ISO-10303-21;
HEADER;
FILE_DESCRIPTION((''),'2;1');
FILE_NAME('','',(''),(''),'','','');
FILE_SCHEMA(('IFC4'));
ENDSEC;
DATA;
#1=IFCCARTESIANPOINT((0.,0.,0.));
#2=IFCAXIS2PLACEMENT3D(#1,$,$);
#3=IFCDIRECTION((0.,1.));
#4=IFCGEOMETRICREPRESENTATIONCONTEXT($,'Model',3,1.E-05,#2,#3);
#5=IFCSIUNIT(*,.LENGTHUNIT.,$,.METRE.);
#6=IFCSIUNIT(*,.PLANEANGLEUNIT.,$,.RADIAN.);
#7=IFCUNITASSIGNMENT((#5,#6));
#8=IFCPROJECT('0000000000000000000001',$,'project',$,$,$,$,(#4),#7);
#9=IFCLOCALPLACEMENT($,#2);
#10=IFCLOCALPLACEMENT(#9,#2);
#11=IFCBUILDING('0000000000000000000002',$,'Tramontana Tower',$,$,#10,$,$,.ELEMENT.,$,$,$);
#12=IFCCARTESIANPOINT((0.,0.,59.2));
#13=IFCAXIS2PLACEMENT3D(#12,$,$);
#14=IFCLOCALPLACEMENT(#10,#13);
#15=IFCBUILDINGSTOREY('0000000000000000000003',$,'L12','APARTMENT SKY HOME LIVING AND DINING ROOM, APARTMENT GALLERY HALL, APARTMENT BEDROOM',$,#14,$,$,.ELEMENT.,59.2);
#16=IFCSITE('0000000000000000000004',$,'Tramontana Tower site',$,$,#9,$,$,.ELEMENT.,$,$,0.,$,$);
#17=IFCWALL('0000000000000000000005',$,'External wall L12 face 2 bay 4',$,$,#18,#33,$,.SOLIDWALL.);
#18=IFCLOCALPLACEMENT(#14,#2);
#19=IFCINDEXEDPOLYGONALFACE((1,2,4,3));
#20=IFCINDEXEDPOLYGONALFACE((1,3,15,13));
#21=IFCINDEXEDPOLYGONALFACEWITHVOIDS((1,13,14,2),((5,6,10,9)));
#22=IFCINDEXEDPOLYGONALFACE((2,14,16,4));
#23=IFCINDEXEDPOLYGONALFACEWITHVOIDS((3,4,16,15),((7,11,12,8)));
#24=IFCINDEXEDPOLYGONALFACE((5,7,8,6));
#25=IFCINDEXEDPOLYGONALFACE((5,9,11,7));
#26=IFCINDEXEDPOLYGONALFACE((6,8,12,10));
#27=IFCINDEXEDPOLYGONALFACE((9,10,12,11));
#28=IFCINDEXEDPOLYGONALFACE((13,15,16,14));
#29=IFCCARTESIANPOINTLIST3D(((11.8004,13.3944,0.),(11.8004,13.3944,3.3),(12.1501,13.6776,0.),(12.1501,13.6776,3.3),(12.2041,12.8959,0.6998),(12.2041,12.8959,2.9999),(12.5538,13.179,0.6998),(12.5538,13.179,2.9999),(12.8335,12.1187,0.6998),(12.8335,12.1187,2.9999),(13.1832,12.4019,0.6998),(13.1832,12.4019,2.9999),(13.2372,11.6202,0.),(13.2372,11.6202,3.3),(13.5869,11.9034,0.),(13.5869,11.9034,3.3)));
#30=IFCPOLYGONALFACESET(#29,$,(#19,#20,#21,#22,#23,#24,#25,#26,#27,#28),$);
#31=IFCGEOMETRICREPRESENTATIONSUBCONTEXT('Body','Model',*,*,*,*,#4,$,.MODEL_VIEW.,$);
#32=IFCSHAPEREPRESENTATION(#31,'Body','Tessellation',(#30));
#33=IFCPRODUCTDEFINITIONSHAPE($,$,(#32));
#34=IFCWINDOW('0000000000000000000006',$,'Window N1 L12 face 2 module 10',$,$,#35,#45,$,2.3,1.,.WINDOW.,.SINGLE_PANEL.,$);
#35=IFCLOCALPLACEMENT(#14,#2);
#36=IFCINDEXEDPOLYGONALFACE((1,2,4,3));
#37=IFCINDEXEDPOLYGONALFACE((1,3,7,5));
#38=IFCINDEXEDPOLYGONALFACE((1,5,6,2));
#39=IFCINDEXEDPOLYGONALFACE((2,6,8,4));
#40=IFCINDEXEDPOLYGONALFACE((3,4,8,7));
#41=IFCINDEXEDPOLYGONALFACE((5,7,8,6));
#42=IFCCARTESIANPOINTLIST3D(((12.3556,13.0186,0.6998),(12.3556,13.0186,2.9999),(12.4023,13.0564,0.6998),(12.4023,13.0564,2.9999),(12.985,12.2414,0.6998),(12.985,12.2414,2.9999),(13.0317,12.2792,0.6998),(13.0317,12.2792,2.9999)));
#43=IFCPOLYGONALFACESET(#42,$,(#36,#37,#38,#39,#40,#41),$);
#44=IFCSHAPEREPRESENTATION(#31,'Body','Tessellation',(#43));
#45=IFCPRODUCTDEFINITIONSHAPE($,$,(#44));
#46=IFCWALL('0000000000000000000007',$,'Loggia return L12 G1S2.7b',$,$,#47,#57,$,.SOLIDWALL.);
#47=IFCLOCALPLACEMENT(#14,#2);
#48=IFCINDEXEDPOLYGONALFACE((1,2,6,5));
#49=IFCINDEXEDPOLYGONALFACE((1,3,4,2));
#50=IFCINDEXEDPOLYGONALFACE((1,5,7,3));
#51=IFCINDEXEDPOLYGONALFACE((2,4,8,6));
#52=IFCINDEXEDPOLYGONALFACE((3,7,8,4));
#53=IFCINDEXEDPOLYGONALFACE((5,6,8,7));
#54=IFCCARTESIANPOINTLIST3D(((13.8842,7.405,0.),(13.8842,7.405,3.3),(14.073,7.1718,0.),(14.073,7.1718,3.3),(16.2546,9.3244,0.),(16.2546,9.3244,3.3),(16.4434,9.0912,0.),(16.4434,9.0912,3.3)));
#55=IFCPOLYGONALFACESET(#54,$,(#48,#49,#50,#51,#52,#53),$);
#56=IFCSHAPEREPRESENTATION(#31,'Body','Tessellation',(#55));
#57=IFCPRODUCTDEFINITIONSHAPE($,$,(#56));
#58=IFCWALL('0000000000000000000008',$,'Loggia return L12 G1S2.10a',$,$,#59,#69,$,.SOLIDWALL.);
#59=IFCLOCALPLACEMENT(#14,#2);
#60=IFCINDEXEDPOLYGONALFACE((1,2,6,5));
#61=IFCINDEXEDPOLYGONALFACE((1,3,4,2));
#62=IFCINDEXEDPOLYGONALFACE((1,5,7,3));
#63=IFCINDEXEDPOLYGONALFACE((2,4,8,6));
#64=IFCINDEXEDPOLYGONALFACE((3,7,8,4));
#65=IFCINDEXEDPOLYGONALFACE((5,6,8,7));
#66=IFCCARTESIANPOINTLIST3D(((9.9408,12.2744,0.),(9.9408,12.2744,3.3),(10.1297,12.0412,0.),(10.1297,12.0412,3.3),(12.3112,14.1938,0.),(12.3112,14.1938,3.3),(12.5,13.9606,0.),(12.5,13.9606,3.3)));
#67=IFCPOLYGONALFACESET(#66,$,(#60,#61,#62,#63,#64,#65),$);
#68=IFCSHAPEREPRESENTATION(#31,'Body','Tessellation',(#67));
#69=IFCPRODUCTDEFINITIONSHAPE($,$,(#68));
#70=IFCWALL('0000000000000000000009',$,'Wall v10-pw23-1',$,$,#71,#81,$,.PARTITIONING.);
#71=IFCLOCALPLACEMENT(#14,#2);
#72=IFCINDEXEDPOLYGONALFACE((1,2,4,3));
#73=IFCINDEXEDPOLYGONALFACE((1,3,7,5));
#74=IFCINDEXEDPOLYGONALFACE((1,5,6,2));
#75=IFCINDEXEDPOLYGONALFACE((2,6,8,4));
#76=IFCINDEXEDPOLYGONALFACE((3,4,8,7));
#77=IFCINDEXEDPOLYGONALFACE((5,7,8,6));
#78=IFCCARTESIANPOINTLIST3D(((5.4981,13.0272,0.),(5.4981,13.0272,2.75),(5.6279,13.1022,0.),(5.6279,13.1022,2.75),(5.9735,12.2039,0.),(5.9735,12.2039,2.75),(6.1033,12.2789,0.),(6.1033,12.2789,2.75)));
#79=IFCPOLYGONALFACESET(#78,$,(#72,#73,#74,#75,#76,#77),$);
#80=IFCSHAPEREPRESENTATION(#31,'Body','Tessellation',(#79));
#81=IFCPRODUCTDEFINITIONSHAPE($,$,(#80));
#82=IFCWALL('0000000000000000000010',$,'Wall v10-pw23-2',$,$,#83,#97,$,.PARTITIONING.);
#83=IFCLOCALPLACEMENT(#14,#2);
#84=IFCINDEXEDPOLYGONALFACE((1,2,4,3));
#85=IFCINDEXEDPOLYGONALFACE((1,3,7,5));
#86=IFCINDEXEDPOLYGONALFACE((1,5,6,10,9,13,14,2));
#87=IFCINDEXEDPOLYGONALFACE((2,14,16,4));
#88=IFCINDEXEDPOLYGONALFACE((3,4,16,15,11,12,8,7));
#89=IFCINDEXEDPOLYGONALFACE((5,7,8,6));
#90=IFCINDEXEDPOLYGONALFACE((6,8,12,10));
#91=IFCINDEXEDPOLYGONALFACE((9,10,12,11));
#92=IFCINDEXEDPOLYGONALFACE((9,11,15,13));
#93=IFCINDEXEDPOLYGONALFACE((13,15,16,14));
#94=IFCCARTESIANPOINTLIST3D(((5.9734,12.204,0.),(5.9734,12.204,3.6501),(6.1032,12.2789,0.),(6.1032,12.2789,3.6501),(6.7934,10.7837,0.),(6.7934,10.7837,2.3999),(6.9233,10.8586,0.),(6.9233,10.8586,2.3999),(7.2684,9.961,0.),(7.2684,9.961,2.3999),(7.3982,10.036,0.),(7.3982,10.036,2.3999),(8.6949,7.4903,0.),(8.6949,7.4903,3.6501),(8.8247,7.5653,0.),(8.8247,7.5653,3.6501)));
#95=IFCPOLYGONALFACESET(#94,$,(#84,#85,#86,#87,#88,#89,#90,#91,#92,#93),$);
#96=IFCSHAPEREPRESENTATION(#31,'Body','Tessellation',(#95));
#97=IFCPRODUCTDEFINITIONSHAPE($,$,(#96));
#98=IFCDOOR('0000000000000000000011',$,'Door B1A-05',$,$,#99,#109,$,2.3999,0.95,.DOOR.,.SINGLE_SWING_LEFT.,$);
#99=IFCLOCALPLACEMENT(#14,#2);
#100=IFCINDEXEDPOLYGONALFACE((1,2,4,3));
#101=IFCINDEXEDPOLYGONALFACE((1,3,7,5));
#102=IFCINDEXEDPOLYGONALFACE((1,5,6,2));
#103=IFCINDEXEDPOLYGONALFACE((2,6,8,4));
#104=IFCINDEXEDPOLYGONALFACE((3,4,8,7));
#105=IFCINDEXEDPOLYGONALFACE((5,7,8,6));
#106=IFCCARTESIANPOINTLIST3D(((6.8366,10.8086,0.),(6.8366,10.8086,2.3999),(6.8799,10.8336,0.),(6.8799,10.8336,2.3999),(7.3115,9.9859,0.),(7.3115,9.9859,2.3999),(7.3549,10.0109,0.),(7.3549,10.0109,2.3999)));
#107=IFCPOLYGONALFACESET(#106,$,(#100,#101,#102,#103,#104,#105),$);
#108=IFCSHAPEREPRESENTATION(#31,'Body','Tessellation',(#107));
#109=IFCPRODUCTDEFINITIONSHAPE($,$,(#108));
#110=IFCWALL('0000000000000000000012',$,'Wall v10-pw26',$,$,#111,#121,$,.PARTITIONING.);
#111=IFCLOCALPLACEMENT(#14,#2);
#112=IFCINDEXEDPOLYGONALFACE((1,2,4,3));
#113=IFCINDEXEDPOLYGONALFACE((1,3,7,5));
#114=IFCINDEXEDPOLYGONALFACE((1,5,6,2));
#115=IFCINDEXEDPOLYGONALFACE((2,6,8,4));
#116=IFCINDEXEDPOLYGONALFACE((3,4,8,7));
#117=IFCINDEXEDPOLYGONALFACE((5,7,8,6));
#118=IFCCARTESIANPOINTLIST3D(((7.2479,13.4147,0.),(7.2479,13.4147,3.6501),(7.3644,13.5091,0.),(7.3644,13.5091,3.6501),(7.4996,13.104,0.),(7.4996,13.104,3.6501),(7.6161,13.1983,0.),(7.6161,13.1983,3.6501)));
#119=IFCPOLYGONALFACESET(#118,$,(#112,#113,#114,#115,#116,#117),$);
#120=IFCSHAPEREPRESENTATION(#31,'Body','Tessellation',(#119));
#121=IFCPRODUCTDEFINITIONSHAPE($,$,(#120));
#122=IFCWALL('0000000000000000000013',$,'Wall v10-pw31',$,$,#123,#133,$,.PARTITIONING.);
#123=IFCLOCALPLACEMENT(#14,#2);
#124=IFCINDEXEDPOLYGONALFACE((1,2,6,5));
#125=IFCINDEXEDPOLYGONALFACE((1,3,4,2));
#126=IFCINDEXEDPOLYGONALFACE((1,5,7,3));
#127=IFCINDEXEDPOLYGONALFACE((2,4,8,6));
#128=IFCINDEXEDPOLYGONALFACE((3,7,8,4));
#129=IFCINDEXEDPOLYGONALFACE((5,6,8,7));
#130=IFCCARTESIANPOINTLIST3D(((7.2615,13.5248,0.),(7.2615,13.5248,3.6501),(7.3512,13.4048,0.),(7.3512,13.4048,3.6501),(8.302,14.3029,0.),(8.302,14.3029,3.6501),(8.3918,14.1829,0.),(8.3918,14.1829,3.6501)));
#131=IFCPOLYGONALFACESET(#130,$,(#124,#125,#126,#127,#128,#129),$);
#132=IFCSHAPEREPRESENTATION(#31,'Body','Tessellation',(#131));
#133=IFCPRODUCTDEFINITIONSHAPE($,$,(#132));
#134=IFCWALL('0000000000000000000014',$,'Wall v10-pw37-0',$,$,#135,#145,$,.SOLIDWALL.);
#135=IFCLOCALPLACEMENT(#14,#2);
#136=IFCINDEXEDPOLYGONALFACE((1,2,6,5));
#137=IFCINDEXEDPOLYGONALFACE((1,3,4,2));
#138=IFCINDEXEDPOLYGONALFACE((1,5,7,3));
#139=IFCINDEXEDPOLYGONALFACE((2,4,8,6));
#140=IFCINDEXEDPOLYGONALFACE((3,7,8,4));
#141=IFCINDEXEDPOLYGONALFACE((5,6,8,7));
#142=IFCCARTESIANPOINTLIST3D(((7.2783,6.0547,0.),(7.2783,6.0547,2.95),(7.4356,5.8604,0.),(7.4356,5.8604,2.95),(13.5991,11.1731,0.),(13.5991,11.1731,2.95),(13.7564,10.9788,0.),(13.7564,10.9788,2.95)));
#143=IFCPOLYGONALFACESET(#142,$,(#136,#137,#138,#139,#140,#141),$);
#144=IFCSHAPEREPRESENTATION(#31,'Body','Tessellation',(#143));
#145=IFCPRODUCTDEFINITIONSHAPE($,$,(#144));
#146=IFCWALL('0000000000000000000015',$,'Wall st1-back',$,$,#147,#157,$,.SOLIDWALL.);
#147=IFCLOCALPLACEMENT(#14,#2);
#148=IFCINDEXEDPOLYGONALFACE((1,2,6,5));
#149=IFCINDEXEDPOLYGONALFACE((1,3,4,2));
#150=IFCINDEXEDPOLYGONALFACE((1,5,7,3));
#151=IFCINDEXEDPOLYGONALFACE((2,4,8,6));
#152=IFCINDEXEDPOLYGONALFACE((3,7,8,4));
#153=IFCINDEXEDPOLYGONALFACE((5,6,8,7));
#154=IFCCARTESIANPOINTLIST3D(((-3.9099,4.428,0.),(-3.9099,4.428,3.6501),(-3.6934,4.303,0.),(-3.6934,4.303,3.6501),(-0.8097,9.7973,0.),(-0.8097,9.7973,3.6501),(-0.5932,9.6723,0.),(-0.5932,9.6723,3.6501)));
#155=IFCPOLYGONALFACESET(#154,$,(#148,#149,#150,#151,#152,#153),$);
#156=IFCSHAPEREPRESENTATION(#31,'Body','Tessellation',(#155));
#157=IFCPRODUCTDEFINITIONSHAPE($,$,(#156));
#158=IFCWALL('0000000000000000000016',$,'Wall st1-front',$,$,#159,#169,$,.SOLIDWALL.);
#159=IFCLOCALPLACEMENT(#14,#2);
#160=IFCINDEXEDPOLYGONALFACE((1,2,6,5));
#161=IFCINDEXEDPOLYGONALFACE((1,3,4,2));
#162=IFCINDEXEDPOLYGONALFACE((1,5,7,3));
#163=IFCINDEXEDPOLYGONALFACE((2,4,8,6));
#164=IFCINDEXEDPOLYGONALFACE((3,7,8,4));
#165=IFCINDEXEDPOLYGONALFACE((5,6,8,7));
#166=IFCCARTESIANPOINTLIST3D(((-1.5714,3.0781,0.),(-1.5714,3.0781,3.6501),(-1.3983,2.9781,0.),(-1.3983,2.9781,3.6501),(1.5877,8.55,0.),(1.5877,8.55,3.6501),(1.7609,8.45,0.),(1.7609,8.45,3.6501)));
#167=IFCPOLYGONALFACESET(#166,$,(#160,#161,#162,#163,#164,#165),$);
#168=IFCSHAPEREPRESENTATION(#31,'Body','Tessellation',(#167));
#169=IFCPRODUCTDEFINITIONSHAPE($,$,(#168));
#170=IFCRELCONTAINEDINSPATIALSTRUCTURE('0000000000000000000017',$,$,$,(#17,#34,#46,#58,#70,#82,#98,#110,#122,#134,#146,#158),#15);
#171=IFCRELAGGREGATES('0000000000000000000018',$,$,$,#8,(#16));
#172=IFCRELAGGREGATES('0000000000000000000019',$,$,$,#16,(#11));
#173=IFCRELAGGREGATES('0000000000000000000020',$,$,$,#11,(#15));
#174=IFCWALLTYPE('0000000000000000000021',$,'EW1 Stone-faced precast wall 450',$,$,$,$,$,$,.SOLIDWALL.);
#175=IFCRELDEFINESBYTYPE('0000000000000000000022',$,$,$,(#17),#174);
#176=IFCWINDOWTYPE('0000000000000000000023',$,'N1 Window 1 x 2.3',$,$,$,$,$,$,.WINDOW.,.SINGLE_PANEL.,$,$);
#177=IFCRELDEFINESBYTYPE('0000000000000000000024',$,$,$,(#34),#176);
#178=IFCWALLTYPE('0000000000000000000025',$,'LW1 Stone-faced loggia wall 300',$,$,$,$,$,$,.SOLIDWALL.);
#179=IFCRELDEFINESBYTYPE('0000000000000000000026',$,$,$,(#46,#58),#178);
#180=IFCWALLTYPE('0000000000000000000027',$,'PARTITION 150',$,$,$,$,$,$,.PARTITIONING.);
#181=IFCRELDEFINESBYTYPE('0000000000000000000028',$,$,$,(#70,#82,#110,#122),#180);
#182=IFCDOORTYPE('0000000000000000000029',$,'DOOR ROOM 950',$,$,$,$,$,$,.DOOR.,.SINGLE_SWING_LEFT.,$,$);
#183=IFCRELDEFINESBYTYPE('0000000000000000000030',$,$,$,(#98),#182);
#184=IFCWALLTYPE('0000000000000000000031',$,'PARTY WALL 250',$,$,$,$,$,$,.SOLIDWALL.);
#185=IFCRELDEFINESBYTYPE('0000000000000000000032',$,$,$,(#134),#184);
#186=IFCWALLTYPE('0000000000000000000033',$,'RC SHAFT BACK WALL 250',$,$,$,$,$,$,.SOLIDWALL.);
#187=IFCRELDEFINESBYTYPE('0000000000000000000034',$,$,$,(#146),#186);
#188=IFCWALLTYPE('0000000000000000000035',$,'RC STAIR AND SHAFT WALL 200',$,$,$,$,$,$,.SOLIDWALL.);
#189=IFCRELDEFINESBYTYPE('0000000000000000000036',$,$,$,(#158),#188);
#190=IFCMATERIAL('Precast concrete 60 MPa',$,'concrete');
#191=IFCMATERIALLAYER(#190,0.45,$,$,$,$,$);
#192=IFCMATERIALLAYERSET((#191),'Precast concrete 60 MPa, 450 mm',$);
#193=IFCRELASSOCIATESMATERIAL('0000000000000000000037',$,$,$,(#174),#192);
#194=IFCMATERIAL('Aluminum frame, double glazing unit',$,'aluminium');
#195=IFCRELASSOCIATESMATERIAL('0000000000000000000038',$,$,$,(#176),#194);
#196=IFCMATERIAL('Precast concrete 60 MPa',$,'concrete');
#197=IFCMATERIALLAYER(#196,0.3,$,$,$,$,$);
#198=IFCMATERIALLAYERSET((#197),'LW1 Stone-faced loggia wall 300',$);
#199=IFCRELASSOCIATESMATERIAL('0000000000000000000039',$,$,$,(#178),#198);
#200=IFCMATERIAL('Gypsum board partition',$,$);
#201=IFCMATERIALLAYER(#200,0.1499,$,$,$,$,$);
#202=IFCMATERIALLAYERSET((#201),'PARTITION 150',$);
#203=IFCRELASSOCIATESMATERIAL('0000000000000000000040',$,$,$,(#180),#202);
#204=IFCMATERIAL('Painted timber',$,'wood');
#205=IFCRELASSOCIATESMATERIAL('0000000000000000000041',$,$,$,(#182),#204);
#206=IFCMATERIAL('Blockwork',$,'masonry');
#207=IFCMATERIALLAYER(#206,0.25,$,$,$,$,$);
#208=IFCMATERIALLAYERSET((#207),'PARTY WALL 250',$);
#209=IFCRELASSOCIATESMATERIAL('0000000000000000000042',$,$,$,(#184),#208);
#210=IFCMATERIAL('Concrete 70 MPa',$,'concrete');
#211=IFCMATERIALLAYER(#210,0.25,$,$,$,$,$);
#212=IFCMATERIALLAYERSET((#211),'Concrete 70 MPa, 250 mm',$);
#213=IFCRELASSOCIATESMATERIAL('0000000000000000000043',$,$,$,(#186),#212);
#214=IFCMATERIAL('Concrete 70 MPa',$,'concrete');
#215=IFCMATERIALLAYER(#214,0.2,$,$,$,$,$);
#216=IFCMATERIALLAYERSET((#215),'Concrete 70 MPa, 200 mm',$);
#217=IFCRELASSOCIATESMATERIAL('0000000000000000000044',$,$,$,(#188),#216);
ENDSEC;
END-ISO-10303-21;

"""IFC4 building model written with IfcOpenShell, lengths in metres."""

from ifc_helpers import new_model, si_unit, direction, frame, frame_2d, origin, place, context, subcontext, project, spatial, rectangle, extrude, material, layer, layer_set, type_object, element, fill, save


model = new_model("IFC4")

# Units and contexts
model_context = context("Model", 3, precision=1e-05, world=origin(), true_north=direction((0.0, 1.0)))
body_context = subcontext(model_context, "Body", "Model", "MODEL_VIEW")
ifc_project = project(units=[si_unit("LENGTHUNIT", "METRE"), si_unit("PLANEANGLEUNIT", "RADIAN")], contexts=[model_context])

# Site, building, storey
site_placement = place(None, origin())
site = spatial("IfcSite", under=ifc_project, at=site_placement, Name="Tramontana Tower site", CompositionType="ELEMENT", RefElevation=0.0)
building_placement = place(site_placement, origin())
building = spatial("IfcBuilding", under=site, at=building_placement, Name="Tramontana Tower", CompositionType="ELEMENT")
storey_placement = place(building_placement, frame((0.0, 0.0, 59.2)))
storey = spatial("IfcBuildingStorey", under=building, at=storey_placement, Name="L12", Description="APARTMENT SKY HOME LIVING AND DINING ROOM, APARTMENT GALLERY HALL, APARTMENT BEDROOM", CompositionType="ELEMENT", Elevation=59.2)

# Wall, opening, window
ifc_material_1 = material(Name="Precast concrete 60 MPa", Category="concrete")
ifc_layer_1 = layer(ifc_material_1, 0.45)
ifc_layer_set_1 = layer_set([ifc_layer_1], Name="Precast concrete 60 MPa, 450 mm")
wall_type_1 = type_object("IfcWallType", Name="EW1 Stone-faced precast wall 450", PredefinedType="SOLIDWALL", material=ifc_layer_set_1)
wall_1_placement = place(storey_placement, frame((13.4121, 11.7617, 0.0), z_axis=(0.0, 0.0, 1.0), x_axis=(-0.62934, 0.77713, 0.0)))
wall_1 = element("IfcWall", 1, at=wall_1_placement, inside=storey, type_object=wall_type_1, Name="External wall L12 face 2 bay 4", PredefinedType="SOLIDWALL", context=body_context, shape_type="SweptSolid", body=[
    extrude(rectangle(XDim=2.283, YDim=0.45, at=frame_2d((1.1416, 0.0))), origin(), (0.0, 0.0, 1.0), 3.3),
])
opening_1_placement = place(wall_1_placement, frame((0.6416, 0.0, 0.7)))
opening_1 = element("IfcOpeningElement", 2, at=opening_1_placement, cuts=wall_1, PredefinedType="OPENING", context=body_context, shape_type="SweptSolid", body=[
    extrude(rectangle(XDim=1.0, YDim=2.3, at=frame_2d((0.5, 1.1499))), frame((0.0, 0.2349, 0.0), z_axis=(0.0, -1.0, 0.0), x_axis=(1.0, 0.0, 0.0)), (0.0, 0.0, 1.0), 0.47),
])
ifc_material_2 = material(Name="Aluminum frame, double glazing unit", Category="aluminium")
window_type_1 = type_object("IfcWindowType", Name="N1 Window 1 x 2.3", PartitioningType="SINGLE_PANEL", PredefinedType="WINDOW", material=ifc_material_2)
window_1_placement = place(opening_1_placement, origin())
window_1 = element("IfcWindow", 3, at=window_1_placement, inside=storey, type_object=window_type_1, Name="Window N1 L12 face 2 module 10", OverallHeight=2.3, OverallWidth=1.0, PartitioningType="SINGLE_PANEL", PredefinedType="WINDOW", context=body_context, shape_type="SweptSolid", body=[
    extrude(rectangle(XDim=1.0, YDim=2.3, at=frame_2d((0.5, 1.1499))), frame((0.0, 0.03, 0.0), z_axis=(0.0, -1.0, 0.0), x_axis=(1.0, 0.0, 0.0)), (0.0, 0.0, 1.0), 0.0601),
])
fill(opening_1, window_1)

# Wall
ifc_material_3 = material(Name="Precast concrete 60 MPa", Category="concrete")
ifc_layer_2 = layer(ifc_material_3, 0.3)
ifc_layer_set_2 = layer_set([ifc_layer_2], Name="LW1 Stone-faced loggia wall 300")
wall_type_2 = type_object("IfcWallType", Name="LW1 Stone-faced loggia wall 300", PredefinedType="SOLIDWALL", material=ifc_layer_set_2)
wall_2_placement = place(storey_placement, frame((16.3489, 9.2078, 0.0), z_axis=(0.0, 0.0, 1.0), x_axis=(-0.777154, -0.629311, 0.0)))
element("IfcWall", 4, at=wall_2_placement, inside=storey, type_object=wall_type_2, Name="Loggia return L12 G1S2.7b", PredefinedType="SOLIDWALL", context=body_context, shape_type="SweptSolid", body=[
    extrude(rectangle(XDim=3.05, YDim=0.3, at=frame_2d((1.5249, 0.0))), origin(), (0.0, 0.0, 1.0), 3.3),
])

# Walls
wall_3_placement = place(storey_placement, frame((12.4055, 14.0771, 0.0), z_axis=(0.0, 0.0, 1.0), x_axis=(-0.777154, -0.629311, 0.0)))
element("IfcWall", 5, at=wall_3_placement, inside=storey, type_object=wall_type_2, Name="Loggia return L12 G1S2.10a", PredefinedType="SOLIDWALL", context=body_context, shape_type="SweptSolid", body=[
    extrude(rectangle(XDim=3.05, YDim=0.3, at=frame_2d((1.5249, 0.0))), origin(), (0.0, 0.0, 1.0), 3.3),
])
ifc_material_4 = material(Name="Gypsum board partition")
ifc_layer_3 = layer(ifc_material_4, 0.1499)
ifc_layer_set_3 = layer_set([ifc_layer_3], Name="PARTITION 150")
wall_type_3 = type_object("IfcWallType", Name="PARTITION 150", PredefinedType="PARTITIONING", material=ifc_layer_set_3)
wall_4_placement = place(storey_placement, frame((5.563, 13.0647, 0.0), z_axis=(0.0, 0.0, 1.0), x_axis=(0.500034, -0.866006, 0.0)))
element("IfcWall", 6, at=wall_4_placement, inside=storey, type_object=wall_type_3, Name="Wall v10-pw23-1", PredefinedType="PARTITIONING", context=body_context, shape_type="SweptSolid", body=[
    extrude(rectangle(XDim=0.9507, YDim=0.1499, at=frame_2d((0.4753, 0.0))), origin(), (0.0, 0.0, 1.0), 2.75),
])

# Wall, opening, door
wall_5_placement = place(storey_placement, frame((6.0383, 12.2415, 0.0), z_axis=(0.0, 0.0, 1.0), x_axis=(0.500003, -0.866023, 0.0)))
wall_5 = element("IfcWall", 7, at=wall_5_placement, inside=storey, type_object=wall_type_3, Name="Wall v10-pw23-2", PredefinedType="PARTITIONING", context=body_context, shape_type="SweptSolid", body=[
    extrude(rectangle(XDim=5.4429, YDim=0.1499, at=frame_2d((2.7214, 0.0))), origin(), (0.0, 0.0, 1.0), 3.6501),
])
opening_2_placement = place(wall_5_placement, frame((1.6399, 0.0, 0.0)))
opening_2 = element("IfcOpeningElement", 8, at=opening_2_placement, cuts=wall_5, PredefinedType="OPENING", context=body_context, shape_type="SweptSolid", body=[
    extrude(rectangle(XDim=0.95, YDim=2.3999, at=frame_2d((0.4751, 1.2))), frame((0.0, 0.085, 0.0), z_axis=(0.0, -1.0, 0.0), x_axis=(1.0, 0.0, 0.0)), (0.0, 0.0, 1.0), 0.1699),
])
ifc_material_5 = material(Name="Painted timber", Category="wood")
door_type_1 = type_object("IfcDoorType", Name="DOOR ROOM 950", OperationType="SINGLE_SWING_LEFT", PredefinedType="DOOR", material=ifc_material_5)
door_1_placement = place(opening_2_placement, origin())
door_1 = element("IfcDoor", 9, at=door_1_placement, inside=storey, type_object=door_type_1, Name="Door B1A-05", OperationType="SINGLE_SWING_LEFT", OverallHeight=2.3999, OverallWidth=0.95, PredefinedType="DOOR", context=body_context, shape_type="SweptSolid", body=[
    extrude(rectangle(XDim=0.95, YDim=2.3999, at=frame_2d((0.4751, 1.2))), frame((0.0, 0.0249, 0.0), z_axis=(0.0, -1.0, 0.0), x_axis=(1.0, 0.0, 0.0)), (0.0, 0.0, 1.0), 0.05),
])
fill(opening_2, door_1)

# Wall
wall_6_placement = place(storey_placement, frame((7.3062, 13.4619, 0.0), z_axis=(0.0, 0.0, 1.0), x_axis=(0.629374, -0.777103, 0.0)))
element("IfcWall", 10, at=wall_6_placement, inside=storey, type_object=wall_type_3, Name="Wall v10-pw26", PredefinedType="PARTITIONING", context=body_context, shape_type="SweptSolid", body=[
    extrude(rectangle(XDim=0.3999, YDim=0.1499, at=frame_2d((0.2, 0.0))), origin(), (0.0, 0.0, 1.0), 3.6501),
])

# Walls
wall_7_placement = place(storey_placement, frame((8.3469, 14.2429, 0.0), z_axis=(0.0, 0.0, 1.0), x_axis=(-0.800856, -0.598857, 0.0)))
element("IfcWall", 11, at=wall_7_placement, inside=storey, type_object=wall_type_3, Name="Wall v10-pw31", PredefinedType="PARTITIONING", context=body_context, shape_type="SweptSolid", body=[
    extrude(rectangle(XDim=1.2993, YDim=0.1499, at=frame_2d((0.6497, 0.0))), origin(), (0.0, 0.0, 1.0), 3.6501),
])
ifc_material_6 = material(Name="Blockwork", Category="masonry")
ifc_layer_4 = layer(ifc_material_6, 0.25)
ifc_layer_set_4 = layer_set([ifc_layer_4], Name="PARTY WALL 250")
wall_type_4 = type_object("IfcWallType", Name="PARTY WALL 250", PredefinedType="SOLIDWALL", material=ifc_layer_set_4)
wall_8_placement = place(storey_placement, frame((13.6777, 11.0759, 0.0), z_axis=(0.0, 0.0, 1.0), x_axis=(-0.77715, -0.629315, 0.0)))
element("IfcWall", 12, at=wall_8_placement, inside=storey, type_object=wall_type_4, Name="Wall v10-pw37-0", PredefinedType="SOLIDWALL", context=body_context, shape_type="SweptSolid", body=[
    extrude(rectangle(XDim=8.1333, YDim=0.25, at=frame_2d((4.0667, 0.0))), origin(), (0.0, 0.0, 1.0), 2.95),
])
ifc_material_7 = material(Name="Concrete 70 MPa", Category="concrete")
ifc_layer_5 = layer(ifc_material_7, 0.25)
ifc_layer_set_5 = layer_set([ifc_layer_5], Name="Concrete 70 MPa, 250 mm")
wall_type_5 = type_object("IfcWallType", Name="RC SHAFT BACK WALL 250", PredefinedType="SOLIDWALL", material=ifc_layer_set_5)
wall_9_placement = place(storey_placement, frame((-0.7014, 9.7349, 0.0), z_axis=(0.0, 0.0, 1.0), x_axis=(-0.500027, -0.86601, 0.0)))
element("IfcWall", 13, at=wall_9_placement, inside=storey, type_object=wall_type_5, Name="Wall st1-back", PredefinedType="SOLIDWALL", context=body_context, shape_type="SweptSolid", body=[
    extrude(rectangle(XDim=6.2, YDim=0.25, at=frame_2d((3.1001, 0.0))), origin(), (0.0, 0.0, 1.0), 3.6501),
])
ifc_material_8 = material(Name="Concrete 70 MPa", Category="concrete")
ifc_layer_6 = layer(ifc_material_8, 0.2)
ifc_layer_set_6 = layer_set([ifc_layer_6], Name="Concrete 70 MPa, 200 mm")
wall_type_6 = type_object("IfcWallType", Name="RC STAIR AND SHAFT WALL 200", PredefinedType="SOLIDWALL", material=ifc_layer_set_6)
wall_10_placement = place(storey_placement, frame((1.6743, 8.5, 0.0), z_axis=(0.0, 0.0, 1.0), x_axis=(-0.499996, -0.866028, 0.0)))
element("IfcWall", 14, at=wall_10_placement, inside=storey, type_object=wall_type_6, Name="Wall st1-front", PredefinedType="SOLIDWALL", context=body_context, shape_type="SweptSolid", body=[
    extrude(rectangle(XDim=6.3184, YDim=0.2, at=frame_2d((3.1592, 0.0))), origin(), (0.0, 0.0, 1.0), 3.6501),
])

save(model, "model.ifc")
